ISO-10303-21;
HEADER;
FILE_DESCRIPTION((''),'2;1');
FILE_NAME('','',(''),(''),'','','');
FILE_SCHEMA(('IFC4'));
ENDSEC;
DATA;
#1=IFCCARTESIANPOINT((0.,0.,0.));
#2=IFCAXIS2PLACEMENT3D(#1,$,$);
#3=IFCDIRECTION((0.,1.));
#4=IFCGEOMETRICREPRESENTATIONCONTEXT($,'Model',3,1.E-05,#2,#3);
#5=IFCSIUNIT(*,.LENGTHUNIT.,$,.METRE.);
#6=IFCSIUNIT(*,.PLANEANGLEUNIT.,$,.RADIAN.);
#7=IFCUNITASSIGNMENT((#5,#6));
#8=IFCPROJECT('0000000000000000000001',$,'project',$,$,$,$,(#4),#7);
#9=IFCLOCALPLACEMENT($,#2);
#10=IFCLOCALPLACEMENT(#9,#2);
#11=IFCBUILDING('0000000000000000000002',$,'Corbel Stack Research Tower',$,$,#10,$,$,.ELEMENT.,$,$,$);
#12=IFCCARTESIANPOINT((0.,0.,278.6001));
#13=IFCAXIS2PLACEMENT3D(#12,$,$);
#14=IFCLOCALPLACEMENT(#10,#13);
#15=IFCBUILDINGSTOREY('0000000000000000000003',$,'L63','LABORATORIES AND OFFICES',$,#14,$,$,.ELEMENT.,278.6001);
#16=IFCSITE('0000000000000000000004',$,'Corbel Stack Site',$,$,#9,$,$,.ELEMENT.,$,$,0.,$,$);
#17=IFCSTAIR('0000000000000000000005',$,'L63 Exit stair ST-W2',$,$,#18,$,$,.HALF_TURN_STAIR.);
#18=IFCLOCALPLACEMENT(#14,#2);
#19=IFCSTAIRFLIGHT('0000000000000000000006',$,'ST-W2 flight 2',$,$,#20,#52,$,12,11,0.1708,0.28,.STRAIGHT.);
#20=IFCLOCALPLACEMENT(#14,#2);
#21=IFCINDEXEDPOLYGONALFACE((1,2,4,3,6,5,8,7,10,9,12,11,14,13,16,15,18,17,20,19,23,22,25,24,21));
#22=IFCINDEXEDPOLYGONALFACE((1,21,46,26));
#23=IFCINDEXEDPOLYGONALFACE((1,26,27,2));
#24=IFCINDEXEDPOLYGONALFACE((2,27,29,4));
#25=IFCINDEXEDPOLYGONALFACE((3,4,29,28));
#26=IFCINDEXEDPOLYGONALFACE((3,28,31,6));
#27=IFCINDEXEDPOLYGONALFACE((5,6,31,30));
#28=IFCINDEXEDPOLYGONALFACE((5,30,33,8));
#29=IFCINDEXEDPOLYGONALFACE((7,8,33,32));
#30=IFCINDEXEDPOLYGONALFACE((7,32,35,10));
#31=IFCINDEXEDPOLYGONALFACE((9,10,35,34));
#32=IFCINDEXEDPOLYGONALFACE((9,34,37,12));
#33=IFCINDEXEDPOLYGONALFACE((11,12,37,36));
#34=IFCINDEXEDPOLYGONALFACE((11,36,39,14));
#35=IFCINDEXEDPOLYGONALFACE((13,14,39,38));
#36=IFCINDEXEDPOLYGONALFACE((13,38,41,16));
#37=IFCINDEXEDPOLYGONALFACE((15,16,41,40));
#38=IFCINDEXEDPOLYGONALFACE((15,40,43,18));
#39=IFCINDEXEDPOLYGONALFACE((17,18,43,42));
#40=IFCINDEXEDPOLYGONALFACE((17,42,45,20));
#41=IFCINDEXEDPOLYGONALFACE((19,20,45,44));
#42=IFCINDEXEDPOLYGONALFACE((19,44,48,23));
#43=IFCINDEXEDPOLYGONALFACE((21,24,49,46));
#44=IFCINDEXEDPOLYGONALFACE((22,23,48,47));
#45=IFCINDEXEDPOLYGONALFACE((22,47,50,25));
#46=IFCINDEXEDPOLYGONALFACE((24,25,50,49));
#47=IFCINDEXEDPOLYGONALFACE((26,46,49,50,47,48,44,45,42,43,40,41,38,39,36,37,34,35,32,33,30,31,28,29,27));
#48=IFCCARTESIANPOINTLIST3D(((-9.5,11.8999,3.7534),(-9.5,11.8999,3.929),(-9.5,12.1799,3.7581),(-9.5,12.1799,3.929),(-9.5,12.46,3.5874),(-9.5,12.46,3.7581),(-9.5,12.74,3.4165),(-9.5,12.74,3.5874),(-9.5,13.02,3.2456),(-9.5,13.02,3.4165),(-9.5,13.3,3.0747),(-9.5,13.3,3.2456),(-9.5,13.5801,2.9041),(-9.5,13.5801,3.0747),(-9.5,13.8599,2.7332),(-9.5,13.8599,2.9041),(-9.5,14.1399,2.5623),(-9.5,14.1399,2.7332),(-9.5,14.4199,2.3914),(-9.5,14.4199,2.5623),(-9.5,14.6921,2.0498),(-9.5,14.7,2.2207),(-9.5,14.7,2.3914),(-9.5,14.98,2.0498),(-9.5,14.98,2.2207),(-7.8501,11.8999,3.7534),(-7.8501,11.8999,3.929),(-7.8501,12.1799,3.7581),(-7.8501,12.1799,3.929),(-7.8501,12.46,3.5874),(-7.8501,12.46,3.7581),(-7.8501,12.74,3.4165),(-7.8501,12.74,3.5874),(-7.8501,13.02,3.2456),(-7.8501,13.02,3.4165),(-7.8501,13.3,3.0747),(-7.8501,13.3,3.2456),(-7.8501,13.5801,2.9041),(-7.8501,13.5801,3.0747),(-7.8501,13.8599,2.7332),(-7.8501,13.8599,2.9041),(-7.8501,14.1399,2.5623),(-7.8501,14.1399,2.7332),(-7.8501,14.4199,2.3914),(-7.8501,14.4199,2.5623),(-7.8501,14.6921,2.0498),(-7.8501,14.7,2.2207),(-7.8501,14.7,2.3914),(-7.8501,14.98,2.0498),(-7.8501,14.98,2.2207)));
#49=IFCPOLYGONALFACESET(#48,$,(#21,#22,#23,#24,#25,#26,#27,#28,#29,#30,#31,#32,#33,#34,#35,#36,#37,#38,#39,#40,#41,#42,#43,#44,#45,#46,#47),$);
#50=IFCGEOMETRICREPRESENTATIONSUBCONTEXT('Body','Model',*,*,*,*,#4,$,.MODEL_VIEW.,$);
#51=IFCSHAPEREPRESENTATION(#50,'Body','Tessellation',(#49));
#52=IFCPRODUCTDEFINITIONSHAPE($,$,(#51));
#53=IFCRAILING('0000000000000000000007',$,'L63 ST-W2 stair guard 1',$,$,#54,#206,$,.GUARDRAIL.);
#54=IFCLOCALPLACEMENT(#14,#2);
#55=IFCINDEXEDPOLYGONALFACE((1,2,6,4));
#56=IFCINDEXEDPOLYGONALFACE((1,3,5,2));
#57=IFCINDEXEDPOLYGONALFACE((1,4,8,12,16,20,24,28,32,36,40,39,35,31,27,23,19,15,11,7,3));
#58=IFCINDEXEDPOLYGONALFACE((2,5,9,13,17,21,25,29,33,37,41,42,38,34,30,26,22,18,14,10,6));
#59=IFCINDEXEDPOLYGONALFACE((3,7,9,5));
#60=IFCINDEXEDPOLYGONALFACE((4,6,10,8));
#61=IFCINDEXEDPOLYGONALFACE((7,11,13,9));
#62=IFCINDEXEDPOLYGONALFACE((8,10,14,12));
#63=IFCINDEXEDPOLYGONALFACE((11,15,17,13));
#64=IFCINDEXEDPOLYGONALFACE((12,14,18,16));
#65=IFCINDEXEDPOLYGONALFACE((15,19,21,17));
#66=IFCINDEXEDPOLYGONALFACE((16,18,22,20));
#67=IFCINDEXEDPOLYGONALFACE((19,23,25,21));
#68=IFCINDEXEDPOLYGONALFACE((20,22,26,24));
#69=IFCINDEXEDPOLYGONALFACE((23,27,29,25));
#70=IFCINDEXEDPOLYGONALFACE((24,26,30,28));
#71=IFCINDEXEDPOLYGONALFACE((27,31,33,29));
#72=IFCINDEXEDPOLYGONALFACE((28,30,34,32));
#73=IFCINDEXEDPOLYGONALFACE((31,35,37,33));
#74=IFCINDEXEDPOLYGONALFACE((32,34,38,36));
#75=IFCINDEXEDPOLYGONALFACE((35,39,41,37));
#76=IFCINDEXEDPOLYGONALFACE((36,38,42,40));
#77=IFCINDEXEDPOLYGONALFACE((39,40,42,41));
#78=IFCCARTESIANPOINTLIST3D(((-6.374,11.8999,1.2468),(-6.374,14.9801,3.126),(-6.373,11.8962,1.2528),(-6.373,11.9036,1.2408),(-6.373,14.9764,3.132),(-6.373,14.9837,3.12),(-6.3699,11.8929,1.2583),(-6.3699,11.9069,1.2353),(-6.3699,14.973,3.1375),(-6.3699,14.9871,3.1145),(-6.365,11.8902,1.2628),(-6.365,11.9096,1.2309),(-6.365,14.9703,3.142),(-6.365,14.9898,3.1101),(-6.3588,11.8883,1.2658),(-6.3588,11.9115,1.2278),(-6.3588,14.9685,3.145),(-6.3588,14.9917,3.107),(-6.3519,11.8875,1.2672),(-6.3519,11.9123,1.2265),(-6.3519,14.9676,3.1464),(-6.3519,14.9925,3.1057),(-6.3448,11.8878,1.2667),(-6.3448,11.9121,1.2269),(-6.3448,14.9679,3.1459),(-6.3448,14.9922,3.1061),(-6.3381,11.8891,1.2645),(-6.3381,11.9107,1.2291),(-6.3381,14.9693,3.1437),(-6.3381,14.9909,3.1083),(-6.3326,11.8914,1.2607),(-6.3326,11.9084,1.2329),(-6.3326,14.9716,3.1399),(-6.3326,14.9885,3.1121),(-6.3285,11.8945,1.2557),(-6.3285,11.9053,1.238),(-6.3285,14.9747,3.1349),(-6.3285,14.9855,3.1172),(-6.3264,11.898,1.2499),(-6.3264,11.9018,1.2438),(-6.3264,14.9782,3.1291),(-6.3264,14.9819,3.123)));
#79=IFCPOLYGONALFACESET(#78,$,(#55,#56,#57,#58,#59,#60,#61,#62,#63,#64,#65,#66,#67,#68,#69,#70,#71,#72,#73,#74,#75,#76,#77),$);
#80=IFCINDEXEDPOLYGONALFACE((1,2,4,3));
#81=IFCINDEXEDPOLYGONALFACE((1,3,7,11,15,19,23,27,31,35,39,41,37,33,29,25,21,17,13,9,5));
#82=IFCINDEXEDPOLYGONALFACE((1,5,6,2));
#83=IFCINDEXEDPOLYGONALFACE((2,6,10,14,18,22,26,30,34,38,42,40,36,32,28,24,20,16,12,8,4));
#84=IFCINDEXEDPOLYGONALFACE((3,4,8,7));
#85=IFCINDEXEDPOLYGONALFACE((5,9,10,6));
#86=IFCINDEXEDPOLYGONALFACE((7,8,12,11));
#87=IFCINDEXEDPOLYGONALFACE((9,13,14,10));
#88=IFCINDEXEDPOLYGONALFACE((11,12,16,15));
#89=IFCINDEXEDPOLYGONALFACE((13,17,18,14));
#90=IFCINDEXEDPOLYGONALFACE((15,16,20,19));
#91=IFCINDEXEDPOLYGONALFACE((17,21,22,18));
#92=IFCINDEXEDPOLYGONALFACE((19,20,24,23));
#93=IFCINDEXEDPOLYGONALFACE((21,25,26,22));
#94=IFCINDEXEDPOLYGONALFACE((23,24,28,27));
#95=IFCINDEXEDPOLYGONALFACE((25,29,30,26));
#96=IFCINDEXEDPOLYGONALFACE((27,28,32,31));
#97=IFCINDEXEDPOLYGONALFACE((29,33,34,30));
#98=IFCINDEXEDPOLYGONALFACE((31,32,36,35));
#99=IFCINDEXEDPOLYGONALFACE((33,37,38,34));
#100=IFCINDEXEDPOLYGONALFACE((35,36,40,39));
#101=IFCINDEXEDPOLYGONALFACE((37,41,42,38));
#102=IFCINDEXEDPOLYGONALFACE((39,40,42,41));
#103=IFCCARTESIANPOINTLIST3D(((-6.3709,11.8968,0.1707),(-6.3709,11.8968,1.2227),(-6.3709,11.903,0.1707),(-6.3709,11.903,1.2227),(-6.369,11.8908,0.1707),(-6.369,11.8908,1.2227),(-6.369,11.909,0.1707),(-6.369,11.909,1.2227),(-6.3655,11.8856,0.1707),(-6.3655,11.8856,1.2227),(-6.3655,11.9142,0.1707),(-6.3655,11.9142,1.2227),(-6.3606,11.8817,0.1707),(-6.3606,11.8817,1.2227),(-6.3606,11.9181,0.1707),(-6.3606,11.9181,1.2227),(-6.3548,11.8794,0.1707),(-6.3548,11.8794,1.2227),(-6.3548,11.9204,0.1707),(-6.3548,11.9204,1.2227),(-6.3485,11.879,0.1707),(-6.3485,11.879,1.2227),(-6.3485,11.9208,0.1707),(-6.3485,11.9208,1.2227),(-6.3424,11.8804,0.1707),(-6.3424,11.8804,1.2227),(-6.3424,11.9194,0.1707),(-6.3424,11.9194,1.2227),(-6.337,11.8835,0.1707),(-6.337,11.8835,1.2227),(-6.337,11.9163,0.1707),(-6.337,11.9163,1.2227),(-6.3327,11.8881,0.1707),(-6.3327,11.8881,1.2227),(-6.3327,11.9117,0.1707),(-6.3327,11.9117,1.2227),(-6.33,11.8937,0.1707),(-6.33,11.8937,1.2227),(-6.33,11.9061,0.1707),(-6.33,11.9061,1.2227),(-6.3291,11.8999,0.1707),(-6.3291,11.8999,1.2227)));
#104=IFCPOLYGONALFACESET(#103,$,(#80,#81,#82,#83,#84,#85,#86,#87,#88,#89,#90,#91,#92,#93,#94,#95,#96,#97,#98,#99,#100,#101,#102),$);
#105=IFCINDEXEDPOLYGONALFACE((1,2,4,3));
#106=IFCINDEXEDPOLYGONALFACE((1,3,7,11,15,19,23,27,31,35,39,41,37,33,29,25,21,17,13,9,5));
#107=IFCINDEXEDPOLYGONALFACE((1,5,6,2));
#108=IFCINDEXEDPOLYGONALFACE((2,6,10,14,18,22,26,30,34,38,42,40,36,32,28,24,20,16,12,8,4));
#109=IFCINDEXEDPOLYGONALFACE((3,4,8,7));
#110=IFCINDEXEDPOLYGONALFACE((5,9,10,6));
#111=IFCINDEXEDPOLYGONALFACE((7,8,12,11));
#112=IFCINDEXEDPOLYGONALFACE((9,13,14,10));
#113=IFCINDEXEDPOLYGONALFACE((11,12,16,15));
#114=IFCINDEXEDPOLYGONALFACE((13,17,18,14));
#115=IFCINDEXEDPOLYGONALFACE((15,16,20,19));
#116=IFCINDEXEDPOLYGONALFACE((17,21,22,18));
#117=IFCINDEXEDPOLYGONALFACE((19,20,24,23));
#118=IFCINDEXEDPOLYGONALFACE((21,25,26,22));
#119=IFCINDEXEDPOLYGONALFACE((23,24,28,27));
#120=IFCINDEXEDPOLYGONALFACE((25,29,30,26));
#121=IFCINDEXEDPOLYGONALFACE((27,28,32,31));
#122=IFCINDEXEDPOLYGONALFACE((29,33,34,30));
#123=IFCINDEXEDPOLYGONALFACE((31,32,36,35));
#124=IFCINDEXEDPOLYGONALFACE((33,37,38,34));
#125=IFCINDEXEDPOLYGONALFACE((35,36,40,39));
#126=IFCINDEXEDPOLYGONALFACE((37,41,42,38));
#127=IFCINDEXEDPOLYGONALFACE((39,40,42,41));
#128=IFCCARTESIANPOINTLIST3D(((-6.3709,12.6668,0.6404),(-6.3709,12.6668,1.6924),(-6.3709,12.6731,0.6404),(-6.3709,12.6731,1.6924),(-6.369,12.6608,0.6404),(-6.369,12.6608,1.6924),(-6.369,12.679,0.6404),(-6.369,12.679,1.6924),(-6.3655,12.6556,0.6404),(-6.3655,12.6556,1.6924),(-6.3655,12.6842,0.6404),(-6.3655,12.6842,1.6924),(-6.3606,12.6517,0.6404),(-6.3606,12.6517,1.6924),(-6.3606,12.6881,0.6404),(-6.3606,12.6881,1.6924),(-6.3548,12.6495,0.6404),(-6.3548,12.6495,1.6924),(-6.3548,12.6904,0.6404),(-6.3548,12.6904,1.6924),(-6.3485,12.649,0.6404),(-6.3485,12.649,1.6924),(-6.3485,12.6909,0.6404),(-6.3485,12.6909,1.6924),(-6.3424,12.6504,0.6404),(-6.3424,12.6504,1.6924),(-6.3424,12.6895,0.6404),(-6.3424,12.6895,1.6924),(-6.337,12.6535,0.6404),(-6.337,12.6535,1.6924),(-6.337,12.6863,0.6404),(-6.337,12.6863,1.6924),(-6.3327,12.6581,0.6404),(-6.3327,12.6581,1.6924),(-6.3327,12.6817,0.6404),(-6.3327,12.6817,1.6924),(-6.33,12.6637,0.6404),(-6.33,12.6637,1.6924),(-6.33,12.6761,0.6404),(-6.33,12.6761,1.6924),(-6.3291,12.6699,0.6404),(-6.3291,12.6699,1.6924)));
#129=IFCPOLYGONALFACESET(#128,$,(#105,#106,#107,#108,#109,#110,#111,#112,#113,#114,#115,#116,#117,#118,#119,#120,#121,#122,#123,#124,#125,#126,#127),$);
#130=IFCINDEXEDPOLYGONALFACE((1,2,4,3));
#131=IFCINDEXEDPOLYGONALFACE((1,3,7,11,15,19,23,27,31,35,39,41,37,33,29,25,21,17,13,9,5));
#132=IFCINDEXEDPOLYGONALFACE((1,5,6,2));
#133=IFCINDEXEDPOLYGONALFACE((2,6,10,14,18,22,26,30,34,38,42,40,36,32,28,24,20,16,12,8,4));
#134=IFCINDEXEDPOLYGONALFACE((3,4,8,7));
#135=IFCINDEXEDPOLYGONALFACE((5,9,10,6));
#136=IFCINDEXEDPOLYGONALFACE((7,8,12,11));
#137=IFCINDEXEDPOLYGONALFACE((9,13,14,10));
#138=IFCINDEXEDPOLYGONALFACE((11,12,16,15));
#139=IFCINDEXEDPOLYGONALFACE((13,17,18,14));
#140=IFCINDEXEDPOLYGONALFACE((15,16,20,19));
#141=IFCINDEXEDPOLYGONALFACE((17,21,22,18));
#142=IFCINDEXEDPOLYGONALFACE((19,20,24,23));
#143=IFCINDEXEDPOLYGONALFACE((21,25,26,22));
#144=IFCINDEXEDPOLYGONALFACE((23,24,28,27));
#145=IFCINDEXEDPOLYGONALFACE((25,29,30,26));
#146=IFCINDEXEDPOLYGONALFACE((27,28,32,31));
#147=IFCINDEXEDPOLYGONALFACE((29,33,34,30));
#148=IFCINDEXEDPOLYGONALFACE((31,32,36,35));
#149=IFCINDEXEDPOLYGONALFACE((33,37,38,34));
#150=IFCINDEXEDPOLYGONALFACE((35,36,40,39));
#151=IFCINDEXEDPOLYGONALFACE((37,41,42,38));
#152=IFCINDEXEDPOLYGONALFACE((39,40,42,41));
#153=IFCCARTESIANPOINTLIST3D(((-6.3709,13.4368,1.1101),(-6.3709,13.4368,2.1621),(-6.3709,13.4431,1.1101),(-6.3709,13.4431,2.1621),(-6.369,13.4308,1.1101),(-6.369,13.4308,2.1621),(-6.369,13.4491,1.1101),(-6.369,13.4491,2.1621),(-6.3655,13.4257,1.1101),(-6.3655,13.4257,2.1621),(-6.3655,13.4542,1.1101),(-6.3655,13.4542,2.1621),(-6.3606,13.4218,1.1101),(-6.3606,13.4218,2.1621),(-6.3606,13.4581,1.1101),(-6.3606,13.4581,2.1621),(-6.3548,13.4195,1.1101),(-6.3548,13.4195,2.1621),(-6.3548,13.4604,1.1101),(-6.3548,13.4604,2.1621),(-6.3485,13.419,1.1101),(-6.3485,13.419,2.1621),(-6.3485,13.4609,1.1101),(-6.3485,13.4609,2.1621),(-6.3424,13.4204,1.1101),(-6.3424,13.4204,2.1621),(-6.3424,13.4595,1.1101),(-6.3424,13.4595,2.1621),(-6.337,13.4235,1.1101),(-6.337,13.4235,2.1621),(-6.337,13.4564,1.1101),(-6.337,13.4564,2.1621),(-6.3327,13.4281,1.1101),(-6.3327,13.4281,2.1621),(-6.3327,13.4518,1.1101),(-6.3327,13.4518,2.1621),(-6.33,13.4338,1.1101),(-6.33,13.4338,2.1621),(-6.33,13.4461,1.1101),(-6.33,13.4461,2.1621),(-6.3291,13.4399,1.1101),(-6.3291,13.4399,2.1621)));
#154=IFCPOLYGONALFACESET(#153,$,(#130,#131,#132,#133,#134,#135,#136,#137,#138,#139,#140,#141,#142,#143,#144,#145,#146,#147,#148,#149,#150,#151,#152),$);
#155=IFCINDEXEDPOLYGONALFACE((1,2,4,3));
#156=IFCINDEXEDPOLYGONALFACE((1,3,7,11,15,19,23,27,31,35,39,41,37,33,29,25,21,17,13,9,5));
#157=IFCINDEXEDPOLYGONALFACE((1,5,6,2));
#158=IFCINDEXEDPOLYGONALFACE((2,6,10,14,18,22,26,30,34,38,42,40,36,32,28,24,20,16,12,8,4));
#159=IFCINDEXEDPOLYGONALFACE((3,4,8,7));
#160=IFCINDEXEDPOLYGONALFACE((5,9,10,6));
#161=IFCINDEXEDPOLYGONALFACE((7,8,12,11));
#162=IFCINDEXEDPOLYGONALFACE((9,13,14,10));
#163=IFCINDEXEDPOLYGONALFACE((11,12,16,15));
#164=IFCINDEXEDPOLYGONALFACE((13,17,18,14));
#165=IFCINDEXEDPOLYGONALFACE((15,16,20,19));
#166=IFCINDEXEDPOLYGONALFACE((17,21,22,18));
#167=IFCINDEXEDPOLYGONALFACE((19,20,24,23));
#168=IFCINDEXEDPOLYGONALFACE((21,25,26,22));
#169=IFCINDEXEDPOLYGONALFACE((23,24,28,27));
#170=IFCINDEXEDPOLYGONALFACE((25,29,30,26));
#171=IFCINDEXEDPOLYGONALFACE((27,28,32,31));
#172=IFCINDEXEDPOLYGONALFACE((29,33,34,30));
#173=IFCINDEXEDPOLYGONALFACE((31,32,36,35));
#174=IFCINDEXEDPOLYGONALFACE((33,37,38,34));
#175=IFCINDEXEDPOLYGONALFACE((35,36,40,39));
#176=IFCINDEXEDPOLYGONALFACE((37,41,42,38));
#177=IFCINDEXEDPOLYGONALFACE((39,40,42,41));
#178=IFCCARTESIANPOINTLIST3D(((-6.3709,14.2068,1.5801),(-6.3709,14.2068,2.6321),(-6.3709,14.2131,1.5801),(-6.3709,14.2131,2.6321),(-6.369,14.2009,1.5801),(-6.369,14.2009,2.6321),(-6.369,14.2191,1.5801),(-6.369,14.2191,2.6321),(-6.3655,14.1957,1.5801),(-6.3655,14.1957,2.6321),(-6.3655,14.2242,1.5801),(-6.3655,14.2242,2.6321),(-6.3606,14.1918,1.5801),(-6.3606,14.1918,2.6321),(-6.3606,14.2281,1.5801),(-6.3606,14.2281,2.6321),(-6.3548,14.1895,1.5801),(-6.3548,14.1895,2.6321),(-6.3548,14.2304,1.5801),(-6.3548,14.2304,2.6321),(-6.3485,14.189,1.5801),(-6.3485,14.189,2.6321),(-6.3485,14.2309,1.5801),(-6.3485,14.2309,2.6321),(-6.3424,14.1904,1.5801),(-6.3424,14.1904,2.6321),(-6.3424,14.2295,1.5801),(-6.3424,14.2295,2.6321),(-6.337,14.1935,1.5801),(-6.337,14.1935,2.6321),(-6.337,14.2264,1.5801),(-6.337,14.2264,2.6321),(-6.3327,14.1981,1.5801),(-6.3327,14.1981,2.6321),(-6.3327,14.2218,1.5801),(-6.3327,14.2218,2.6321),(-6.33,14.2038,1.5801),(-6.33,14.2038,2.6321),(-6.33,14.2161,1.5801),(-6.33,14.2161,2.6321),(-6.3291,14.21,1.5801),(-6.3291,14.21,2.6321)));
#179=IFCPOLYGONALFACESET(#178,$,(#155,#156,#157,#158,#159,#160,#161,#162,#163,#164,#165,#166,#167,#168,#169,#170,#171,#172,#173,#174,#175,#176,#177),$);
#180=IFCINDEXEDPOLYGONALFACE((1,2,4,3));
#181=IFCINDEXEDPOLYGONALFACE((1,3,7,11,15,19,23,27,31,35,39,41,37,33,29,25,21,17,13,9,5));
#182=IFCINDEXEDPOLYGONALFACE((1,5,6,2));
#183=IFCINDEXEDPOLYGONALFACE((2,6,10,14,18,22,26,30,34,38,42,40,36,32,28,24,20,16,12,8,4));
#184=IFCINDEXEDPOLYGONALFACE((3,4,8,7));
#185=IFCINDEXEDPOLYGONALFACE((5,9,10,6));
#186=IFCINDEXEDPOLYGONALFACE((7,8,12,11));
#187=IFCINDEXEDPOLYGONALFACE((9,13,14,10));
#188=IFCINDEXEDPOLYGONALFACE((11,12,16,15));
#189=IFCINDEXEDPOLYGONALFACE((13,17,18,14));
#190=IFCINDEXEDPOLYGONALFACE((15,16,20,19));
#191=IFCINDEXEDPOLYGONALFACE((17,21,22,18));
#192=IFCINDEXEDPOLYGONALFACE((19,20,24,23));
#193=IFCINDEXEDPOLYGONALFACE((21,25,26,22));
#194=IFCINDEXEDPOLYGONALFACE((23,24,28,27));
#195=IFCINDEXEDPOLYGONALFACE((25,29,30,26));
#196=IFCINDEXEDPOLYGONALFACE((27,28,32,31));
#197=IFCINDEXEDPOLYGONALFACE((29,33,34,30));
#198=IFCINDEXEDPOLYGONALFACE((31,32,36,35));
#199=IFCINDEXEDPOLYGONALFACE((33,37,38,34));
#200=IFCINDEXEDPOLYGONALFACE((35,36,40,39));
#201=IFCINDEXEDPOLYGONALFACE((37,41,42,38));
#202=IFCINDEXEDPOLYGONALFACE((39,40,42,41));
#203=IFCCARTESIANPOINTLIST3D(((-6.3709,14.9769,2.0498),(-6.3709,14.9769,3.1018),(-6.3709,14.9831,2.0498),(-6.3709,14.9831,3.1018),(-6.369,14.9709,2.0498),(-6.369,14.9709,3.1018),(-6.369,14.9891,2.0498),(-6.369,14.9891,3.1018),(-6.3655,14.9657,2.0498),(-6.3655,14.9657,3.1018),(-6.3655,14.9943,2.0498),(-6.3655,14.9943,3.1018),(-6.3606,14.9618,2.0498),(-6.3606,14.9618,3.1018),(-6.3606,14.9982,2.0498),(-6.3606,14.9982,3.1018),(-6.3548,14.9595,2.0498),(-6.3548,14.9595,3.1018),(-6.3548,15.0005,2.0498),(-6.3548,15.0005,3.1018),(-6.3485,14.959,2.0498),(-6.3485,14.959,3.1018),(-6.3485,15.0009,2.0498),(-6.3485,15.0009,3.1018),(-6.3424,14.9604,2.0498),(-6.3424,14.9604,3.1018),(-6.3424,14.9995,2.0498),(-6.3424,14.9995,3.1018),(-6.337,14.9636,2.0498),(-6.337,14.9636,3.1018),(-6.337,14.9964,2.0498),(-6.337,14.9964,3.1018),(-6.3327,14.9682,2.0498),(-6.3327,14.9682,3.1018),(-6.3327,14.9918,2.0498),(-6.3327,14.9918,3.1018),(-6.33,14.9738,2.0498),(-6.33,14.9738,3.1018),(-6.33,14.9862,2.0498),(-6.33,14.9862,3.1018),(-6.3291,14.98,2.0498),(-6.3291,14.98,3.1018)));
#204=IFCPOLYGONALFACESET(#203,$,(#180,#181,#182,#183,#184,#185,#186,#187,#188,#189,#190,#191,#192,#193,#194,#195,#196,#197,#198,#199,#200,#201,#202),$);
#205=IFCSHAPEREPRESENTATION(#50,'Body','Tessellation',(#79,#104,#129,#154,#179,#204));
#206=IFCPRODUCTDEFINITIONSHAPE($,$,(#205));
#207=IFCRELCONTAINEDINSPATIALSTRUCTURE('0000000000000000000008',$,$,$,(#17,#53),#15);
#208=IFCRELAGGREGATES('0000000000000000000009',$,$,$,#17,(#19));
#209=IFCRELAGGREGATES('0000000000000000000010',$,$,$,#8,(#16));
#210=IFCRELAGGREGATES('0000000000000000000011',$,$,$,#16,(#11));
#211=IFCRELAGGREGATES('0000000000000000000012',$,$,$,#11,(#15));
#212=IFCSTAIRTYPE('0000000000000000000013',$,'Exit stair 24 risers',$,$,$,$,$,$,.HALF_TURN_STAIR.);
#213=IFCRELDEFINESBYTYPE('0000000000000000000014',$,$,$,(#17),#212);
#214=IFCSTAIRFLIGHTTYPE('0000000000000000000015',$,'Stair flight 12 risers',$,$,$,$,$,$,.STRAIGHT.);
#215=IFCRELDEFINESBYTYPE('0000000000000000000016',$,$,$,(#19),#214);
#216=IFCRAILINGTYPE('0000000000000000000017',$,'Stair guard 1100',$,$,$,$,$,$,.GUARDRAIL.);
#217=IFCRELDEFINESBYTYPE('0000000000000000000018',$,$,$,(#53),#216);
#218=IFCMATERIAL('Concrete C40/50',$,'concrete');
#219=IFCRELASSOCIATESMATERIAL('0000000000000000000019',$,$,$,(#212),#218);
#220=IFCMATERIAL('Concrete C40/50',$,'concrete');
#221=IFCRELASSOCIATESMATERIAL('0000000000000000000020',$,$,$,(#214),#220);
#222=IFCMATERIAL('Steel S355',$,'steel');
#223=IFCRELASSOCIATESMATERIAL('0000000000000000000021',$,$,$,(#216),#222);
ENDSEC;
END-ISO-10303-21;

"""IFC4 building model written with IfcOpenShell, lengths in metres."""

from ifc_helpers import new_model, si_unit, direction, frame, origin, origin_2d, place, context, subcontext, project, spatial, polyline, circle, outline, extrude, material, type_object, element, aggregate, save


model = new_model("IFC4")

# Units and contexts
model_context = context("Model", 3, precision=1e-05, world=origin(), true_north=direction((0.0, 1.0)))
body_context = subcontext(model_context, "Body", "Model", "MODEL_VIEW")
ifc_project = project(units=[si_unit("LENGTHUNIT", "METRE"), si_unit("PLANEANGLEUNIT", "RADIAN")], contexts=[model_context])

# Site, building, storey
site_placement = place(None, origin())
site = spatial("IfcSite", under=ifc_project, at=site_placement, Name="Corbel Stack Site", CompositionType="ELEMENT", RefElevation=0.0)
building_placement = place(site_placement, origin())
building = spatial("IfcBuilding", under=site, at=building_placement, Name="Corbel Stack Research Tower", CompositionType="ELEMENT")
storey_placement = place(building_placement, frame((0.0, 0.0, 278.6001)))
storey = spatial("IfcBuildingStorey", under=building, at=storey_placement, Name="L63", Description="LABORATORIES AND OFFICES", CompositionType="ELEMENT", Elevation=278.6001)

# Stair, stair flight
ifc_material_1 = material(Name="Concrete C40/50", Category="concrete")
stair_type = type_object("IfcStairType", Name="Exit stair 24 risers", PredefinedType="HALF_TURN_STAIR", material=ifc_material_1)
stair_placement = place(storey_placement, origin())
stair = element("IfcStair", 1, at=stair_placement, inside=storey, type_object=stair_type, Name="L63 Exit stair ST-W2", PredefinedType="HALF_TURN_STAIR")
ifc_material_2 = material(Name="Concrete C40/50", Category="concrete")
stair_flight_type = type_object("IfcStairFlightType", Name="Stair flight 12 risers", PredefinedType="STRAIGHT", material=ifc_material_2)
stair_flight_1_placement = place(storey_placement, frame((-8.675, 14.98, 2.0498), z_axis=(0.0, 0.0, 1.0), x_axis=(0.0, -1.0, 0.0)))
stair_flight_1 = element("IfcStairFlight", 2, at=stair_flight_1_placement, type_object=stair_flight_type, Name="ST-W2 flight 2", NumberOfRisers=12, NumberOfTreads=11, PredefinedType="STRAIGHT", RiserHeight=0.1708, TreadLength=0.28, context=body_context, shape_type="SweptSolid", body=[
    extrude(outline(polyline([(0.0, 0.0), (0.0, 0.1709), (0.28, 0.1709), (0.28, 0.3416), (0.5601, 0.3416), (0.5601, 0.5125), (0.8401, 0.5125), (0.8401, 0.6833), (1.1201, 0.6833), (1.1201, 0.8542), (1.3999, 0.8542), (1.3999, 1.0249), (1.6799, 1.0249), (1.6799, 1.1958), (1.96, 1.1958), (1.96, 1.3667), (2.24, 1.3667), (2.24, 1.5376), (2.52, 1.5376), (2.52, 1.7083), (2.8, 1.7083), (2.8, 1.8792), (3.0801, 1.8792), (3.0801, 2.05), (3.0801, 1.7036), (0.2878, 0.0), (0.0, 0.0)])), frame((0.0, 0.825, 0.0), z_axis=(0.0, -1.0, 0.0), x_axis=(1.0, 0.0, 0.0)), (0.0, 0.0, 1.0), 1.6499),
])
aggregate(stair, [stair_flight_1])

# Railing
ifc_material_3 = material(Name="Steel S355", Category="steel")
railing_type_1 = type_object("IfcRailingType", Name="Stair guard 1100", PredefinedType="GUARDRAIL", material=ifc_material_3)
railing_1_placement = place(storey_placement, frame((-6.3501, 11.8999, 0.1707)))
element("IfcRailing", 3, at=railing_1_placement, inside=storey, type_object=railing_type_1, Name="L63 ST-W2 stair guard 1", PredefinedType="GUARDRAIL", context=body_context, shape_type="SweptSolid", body=[
    extrude(circle(Radius=0.0239, at=origin_2d()), frame((0.0, 0.0, 1.0762), z_axis=(0.0, 0.853666, 0.52082), x_axis=(-1.0, 0.0, 0.0)), (0.0, 0.0, 1.0), 3.6082),
    extrude(circle(Radius=0.021, at=origin_2d()), origin(), (0.0, 0.0, 1.0), 1.052),
    extrude(circle(Radius=0.021, at=origin_2d()), frame((0.0, 0.77, 0.4697)), (0.0, 0.0, 1.0), 1.052),
    extrude(circle(Radius=0.021, at=origin_2d()), frame((0.0, 1.54, 0.9395)), (0.0, 0.0, 1.0), 1.052),
    extrude(circle(Radius=0.021, at=origin_2d()), frame((0.0, 2.3101, 1.4094)), (0.0, 0.0, 1.0), 1.052),
    extrude(circle(Radius=0.021, at=origin_2d()), frame((0.0, 3.0801, 1.8792)), (0.0, 0.0, 1.0), 1.052),
])

save(model, "model.ifc")
